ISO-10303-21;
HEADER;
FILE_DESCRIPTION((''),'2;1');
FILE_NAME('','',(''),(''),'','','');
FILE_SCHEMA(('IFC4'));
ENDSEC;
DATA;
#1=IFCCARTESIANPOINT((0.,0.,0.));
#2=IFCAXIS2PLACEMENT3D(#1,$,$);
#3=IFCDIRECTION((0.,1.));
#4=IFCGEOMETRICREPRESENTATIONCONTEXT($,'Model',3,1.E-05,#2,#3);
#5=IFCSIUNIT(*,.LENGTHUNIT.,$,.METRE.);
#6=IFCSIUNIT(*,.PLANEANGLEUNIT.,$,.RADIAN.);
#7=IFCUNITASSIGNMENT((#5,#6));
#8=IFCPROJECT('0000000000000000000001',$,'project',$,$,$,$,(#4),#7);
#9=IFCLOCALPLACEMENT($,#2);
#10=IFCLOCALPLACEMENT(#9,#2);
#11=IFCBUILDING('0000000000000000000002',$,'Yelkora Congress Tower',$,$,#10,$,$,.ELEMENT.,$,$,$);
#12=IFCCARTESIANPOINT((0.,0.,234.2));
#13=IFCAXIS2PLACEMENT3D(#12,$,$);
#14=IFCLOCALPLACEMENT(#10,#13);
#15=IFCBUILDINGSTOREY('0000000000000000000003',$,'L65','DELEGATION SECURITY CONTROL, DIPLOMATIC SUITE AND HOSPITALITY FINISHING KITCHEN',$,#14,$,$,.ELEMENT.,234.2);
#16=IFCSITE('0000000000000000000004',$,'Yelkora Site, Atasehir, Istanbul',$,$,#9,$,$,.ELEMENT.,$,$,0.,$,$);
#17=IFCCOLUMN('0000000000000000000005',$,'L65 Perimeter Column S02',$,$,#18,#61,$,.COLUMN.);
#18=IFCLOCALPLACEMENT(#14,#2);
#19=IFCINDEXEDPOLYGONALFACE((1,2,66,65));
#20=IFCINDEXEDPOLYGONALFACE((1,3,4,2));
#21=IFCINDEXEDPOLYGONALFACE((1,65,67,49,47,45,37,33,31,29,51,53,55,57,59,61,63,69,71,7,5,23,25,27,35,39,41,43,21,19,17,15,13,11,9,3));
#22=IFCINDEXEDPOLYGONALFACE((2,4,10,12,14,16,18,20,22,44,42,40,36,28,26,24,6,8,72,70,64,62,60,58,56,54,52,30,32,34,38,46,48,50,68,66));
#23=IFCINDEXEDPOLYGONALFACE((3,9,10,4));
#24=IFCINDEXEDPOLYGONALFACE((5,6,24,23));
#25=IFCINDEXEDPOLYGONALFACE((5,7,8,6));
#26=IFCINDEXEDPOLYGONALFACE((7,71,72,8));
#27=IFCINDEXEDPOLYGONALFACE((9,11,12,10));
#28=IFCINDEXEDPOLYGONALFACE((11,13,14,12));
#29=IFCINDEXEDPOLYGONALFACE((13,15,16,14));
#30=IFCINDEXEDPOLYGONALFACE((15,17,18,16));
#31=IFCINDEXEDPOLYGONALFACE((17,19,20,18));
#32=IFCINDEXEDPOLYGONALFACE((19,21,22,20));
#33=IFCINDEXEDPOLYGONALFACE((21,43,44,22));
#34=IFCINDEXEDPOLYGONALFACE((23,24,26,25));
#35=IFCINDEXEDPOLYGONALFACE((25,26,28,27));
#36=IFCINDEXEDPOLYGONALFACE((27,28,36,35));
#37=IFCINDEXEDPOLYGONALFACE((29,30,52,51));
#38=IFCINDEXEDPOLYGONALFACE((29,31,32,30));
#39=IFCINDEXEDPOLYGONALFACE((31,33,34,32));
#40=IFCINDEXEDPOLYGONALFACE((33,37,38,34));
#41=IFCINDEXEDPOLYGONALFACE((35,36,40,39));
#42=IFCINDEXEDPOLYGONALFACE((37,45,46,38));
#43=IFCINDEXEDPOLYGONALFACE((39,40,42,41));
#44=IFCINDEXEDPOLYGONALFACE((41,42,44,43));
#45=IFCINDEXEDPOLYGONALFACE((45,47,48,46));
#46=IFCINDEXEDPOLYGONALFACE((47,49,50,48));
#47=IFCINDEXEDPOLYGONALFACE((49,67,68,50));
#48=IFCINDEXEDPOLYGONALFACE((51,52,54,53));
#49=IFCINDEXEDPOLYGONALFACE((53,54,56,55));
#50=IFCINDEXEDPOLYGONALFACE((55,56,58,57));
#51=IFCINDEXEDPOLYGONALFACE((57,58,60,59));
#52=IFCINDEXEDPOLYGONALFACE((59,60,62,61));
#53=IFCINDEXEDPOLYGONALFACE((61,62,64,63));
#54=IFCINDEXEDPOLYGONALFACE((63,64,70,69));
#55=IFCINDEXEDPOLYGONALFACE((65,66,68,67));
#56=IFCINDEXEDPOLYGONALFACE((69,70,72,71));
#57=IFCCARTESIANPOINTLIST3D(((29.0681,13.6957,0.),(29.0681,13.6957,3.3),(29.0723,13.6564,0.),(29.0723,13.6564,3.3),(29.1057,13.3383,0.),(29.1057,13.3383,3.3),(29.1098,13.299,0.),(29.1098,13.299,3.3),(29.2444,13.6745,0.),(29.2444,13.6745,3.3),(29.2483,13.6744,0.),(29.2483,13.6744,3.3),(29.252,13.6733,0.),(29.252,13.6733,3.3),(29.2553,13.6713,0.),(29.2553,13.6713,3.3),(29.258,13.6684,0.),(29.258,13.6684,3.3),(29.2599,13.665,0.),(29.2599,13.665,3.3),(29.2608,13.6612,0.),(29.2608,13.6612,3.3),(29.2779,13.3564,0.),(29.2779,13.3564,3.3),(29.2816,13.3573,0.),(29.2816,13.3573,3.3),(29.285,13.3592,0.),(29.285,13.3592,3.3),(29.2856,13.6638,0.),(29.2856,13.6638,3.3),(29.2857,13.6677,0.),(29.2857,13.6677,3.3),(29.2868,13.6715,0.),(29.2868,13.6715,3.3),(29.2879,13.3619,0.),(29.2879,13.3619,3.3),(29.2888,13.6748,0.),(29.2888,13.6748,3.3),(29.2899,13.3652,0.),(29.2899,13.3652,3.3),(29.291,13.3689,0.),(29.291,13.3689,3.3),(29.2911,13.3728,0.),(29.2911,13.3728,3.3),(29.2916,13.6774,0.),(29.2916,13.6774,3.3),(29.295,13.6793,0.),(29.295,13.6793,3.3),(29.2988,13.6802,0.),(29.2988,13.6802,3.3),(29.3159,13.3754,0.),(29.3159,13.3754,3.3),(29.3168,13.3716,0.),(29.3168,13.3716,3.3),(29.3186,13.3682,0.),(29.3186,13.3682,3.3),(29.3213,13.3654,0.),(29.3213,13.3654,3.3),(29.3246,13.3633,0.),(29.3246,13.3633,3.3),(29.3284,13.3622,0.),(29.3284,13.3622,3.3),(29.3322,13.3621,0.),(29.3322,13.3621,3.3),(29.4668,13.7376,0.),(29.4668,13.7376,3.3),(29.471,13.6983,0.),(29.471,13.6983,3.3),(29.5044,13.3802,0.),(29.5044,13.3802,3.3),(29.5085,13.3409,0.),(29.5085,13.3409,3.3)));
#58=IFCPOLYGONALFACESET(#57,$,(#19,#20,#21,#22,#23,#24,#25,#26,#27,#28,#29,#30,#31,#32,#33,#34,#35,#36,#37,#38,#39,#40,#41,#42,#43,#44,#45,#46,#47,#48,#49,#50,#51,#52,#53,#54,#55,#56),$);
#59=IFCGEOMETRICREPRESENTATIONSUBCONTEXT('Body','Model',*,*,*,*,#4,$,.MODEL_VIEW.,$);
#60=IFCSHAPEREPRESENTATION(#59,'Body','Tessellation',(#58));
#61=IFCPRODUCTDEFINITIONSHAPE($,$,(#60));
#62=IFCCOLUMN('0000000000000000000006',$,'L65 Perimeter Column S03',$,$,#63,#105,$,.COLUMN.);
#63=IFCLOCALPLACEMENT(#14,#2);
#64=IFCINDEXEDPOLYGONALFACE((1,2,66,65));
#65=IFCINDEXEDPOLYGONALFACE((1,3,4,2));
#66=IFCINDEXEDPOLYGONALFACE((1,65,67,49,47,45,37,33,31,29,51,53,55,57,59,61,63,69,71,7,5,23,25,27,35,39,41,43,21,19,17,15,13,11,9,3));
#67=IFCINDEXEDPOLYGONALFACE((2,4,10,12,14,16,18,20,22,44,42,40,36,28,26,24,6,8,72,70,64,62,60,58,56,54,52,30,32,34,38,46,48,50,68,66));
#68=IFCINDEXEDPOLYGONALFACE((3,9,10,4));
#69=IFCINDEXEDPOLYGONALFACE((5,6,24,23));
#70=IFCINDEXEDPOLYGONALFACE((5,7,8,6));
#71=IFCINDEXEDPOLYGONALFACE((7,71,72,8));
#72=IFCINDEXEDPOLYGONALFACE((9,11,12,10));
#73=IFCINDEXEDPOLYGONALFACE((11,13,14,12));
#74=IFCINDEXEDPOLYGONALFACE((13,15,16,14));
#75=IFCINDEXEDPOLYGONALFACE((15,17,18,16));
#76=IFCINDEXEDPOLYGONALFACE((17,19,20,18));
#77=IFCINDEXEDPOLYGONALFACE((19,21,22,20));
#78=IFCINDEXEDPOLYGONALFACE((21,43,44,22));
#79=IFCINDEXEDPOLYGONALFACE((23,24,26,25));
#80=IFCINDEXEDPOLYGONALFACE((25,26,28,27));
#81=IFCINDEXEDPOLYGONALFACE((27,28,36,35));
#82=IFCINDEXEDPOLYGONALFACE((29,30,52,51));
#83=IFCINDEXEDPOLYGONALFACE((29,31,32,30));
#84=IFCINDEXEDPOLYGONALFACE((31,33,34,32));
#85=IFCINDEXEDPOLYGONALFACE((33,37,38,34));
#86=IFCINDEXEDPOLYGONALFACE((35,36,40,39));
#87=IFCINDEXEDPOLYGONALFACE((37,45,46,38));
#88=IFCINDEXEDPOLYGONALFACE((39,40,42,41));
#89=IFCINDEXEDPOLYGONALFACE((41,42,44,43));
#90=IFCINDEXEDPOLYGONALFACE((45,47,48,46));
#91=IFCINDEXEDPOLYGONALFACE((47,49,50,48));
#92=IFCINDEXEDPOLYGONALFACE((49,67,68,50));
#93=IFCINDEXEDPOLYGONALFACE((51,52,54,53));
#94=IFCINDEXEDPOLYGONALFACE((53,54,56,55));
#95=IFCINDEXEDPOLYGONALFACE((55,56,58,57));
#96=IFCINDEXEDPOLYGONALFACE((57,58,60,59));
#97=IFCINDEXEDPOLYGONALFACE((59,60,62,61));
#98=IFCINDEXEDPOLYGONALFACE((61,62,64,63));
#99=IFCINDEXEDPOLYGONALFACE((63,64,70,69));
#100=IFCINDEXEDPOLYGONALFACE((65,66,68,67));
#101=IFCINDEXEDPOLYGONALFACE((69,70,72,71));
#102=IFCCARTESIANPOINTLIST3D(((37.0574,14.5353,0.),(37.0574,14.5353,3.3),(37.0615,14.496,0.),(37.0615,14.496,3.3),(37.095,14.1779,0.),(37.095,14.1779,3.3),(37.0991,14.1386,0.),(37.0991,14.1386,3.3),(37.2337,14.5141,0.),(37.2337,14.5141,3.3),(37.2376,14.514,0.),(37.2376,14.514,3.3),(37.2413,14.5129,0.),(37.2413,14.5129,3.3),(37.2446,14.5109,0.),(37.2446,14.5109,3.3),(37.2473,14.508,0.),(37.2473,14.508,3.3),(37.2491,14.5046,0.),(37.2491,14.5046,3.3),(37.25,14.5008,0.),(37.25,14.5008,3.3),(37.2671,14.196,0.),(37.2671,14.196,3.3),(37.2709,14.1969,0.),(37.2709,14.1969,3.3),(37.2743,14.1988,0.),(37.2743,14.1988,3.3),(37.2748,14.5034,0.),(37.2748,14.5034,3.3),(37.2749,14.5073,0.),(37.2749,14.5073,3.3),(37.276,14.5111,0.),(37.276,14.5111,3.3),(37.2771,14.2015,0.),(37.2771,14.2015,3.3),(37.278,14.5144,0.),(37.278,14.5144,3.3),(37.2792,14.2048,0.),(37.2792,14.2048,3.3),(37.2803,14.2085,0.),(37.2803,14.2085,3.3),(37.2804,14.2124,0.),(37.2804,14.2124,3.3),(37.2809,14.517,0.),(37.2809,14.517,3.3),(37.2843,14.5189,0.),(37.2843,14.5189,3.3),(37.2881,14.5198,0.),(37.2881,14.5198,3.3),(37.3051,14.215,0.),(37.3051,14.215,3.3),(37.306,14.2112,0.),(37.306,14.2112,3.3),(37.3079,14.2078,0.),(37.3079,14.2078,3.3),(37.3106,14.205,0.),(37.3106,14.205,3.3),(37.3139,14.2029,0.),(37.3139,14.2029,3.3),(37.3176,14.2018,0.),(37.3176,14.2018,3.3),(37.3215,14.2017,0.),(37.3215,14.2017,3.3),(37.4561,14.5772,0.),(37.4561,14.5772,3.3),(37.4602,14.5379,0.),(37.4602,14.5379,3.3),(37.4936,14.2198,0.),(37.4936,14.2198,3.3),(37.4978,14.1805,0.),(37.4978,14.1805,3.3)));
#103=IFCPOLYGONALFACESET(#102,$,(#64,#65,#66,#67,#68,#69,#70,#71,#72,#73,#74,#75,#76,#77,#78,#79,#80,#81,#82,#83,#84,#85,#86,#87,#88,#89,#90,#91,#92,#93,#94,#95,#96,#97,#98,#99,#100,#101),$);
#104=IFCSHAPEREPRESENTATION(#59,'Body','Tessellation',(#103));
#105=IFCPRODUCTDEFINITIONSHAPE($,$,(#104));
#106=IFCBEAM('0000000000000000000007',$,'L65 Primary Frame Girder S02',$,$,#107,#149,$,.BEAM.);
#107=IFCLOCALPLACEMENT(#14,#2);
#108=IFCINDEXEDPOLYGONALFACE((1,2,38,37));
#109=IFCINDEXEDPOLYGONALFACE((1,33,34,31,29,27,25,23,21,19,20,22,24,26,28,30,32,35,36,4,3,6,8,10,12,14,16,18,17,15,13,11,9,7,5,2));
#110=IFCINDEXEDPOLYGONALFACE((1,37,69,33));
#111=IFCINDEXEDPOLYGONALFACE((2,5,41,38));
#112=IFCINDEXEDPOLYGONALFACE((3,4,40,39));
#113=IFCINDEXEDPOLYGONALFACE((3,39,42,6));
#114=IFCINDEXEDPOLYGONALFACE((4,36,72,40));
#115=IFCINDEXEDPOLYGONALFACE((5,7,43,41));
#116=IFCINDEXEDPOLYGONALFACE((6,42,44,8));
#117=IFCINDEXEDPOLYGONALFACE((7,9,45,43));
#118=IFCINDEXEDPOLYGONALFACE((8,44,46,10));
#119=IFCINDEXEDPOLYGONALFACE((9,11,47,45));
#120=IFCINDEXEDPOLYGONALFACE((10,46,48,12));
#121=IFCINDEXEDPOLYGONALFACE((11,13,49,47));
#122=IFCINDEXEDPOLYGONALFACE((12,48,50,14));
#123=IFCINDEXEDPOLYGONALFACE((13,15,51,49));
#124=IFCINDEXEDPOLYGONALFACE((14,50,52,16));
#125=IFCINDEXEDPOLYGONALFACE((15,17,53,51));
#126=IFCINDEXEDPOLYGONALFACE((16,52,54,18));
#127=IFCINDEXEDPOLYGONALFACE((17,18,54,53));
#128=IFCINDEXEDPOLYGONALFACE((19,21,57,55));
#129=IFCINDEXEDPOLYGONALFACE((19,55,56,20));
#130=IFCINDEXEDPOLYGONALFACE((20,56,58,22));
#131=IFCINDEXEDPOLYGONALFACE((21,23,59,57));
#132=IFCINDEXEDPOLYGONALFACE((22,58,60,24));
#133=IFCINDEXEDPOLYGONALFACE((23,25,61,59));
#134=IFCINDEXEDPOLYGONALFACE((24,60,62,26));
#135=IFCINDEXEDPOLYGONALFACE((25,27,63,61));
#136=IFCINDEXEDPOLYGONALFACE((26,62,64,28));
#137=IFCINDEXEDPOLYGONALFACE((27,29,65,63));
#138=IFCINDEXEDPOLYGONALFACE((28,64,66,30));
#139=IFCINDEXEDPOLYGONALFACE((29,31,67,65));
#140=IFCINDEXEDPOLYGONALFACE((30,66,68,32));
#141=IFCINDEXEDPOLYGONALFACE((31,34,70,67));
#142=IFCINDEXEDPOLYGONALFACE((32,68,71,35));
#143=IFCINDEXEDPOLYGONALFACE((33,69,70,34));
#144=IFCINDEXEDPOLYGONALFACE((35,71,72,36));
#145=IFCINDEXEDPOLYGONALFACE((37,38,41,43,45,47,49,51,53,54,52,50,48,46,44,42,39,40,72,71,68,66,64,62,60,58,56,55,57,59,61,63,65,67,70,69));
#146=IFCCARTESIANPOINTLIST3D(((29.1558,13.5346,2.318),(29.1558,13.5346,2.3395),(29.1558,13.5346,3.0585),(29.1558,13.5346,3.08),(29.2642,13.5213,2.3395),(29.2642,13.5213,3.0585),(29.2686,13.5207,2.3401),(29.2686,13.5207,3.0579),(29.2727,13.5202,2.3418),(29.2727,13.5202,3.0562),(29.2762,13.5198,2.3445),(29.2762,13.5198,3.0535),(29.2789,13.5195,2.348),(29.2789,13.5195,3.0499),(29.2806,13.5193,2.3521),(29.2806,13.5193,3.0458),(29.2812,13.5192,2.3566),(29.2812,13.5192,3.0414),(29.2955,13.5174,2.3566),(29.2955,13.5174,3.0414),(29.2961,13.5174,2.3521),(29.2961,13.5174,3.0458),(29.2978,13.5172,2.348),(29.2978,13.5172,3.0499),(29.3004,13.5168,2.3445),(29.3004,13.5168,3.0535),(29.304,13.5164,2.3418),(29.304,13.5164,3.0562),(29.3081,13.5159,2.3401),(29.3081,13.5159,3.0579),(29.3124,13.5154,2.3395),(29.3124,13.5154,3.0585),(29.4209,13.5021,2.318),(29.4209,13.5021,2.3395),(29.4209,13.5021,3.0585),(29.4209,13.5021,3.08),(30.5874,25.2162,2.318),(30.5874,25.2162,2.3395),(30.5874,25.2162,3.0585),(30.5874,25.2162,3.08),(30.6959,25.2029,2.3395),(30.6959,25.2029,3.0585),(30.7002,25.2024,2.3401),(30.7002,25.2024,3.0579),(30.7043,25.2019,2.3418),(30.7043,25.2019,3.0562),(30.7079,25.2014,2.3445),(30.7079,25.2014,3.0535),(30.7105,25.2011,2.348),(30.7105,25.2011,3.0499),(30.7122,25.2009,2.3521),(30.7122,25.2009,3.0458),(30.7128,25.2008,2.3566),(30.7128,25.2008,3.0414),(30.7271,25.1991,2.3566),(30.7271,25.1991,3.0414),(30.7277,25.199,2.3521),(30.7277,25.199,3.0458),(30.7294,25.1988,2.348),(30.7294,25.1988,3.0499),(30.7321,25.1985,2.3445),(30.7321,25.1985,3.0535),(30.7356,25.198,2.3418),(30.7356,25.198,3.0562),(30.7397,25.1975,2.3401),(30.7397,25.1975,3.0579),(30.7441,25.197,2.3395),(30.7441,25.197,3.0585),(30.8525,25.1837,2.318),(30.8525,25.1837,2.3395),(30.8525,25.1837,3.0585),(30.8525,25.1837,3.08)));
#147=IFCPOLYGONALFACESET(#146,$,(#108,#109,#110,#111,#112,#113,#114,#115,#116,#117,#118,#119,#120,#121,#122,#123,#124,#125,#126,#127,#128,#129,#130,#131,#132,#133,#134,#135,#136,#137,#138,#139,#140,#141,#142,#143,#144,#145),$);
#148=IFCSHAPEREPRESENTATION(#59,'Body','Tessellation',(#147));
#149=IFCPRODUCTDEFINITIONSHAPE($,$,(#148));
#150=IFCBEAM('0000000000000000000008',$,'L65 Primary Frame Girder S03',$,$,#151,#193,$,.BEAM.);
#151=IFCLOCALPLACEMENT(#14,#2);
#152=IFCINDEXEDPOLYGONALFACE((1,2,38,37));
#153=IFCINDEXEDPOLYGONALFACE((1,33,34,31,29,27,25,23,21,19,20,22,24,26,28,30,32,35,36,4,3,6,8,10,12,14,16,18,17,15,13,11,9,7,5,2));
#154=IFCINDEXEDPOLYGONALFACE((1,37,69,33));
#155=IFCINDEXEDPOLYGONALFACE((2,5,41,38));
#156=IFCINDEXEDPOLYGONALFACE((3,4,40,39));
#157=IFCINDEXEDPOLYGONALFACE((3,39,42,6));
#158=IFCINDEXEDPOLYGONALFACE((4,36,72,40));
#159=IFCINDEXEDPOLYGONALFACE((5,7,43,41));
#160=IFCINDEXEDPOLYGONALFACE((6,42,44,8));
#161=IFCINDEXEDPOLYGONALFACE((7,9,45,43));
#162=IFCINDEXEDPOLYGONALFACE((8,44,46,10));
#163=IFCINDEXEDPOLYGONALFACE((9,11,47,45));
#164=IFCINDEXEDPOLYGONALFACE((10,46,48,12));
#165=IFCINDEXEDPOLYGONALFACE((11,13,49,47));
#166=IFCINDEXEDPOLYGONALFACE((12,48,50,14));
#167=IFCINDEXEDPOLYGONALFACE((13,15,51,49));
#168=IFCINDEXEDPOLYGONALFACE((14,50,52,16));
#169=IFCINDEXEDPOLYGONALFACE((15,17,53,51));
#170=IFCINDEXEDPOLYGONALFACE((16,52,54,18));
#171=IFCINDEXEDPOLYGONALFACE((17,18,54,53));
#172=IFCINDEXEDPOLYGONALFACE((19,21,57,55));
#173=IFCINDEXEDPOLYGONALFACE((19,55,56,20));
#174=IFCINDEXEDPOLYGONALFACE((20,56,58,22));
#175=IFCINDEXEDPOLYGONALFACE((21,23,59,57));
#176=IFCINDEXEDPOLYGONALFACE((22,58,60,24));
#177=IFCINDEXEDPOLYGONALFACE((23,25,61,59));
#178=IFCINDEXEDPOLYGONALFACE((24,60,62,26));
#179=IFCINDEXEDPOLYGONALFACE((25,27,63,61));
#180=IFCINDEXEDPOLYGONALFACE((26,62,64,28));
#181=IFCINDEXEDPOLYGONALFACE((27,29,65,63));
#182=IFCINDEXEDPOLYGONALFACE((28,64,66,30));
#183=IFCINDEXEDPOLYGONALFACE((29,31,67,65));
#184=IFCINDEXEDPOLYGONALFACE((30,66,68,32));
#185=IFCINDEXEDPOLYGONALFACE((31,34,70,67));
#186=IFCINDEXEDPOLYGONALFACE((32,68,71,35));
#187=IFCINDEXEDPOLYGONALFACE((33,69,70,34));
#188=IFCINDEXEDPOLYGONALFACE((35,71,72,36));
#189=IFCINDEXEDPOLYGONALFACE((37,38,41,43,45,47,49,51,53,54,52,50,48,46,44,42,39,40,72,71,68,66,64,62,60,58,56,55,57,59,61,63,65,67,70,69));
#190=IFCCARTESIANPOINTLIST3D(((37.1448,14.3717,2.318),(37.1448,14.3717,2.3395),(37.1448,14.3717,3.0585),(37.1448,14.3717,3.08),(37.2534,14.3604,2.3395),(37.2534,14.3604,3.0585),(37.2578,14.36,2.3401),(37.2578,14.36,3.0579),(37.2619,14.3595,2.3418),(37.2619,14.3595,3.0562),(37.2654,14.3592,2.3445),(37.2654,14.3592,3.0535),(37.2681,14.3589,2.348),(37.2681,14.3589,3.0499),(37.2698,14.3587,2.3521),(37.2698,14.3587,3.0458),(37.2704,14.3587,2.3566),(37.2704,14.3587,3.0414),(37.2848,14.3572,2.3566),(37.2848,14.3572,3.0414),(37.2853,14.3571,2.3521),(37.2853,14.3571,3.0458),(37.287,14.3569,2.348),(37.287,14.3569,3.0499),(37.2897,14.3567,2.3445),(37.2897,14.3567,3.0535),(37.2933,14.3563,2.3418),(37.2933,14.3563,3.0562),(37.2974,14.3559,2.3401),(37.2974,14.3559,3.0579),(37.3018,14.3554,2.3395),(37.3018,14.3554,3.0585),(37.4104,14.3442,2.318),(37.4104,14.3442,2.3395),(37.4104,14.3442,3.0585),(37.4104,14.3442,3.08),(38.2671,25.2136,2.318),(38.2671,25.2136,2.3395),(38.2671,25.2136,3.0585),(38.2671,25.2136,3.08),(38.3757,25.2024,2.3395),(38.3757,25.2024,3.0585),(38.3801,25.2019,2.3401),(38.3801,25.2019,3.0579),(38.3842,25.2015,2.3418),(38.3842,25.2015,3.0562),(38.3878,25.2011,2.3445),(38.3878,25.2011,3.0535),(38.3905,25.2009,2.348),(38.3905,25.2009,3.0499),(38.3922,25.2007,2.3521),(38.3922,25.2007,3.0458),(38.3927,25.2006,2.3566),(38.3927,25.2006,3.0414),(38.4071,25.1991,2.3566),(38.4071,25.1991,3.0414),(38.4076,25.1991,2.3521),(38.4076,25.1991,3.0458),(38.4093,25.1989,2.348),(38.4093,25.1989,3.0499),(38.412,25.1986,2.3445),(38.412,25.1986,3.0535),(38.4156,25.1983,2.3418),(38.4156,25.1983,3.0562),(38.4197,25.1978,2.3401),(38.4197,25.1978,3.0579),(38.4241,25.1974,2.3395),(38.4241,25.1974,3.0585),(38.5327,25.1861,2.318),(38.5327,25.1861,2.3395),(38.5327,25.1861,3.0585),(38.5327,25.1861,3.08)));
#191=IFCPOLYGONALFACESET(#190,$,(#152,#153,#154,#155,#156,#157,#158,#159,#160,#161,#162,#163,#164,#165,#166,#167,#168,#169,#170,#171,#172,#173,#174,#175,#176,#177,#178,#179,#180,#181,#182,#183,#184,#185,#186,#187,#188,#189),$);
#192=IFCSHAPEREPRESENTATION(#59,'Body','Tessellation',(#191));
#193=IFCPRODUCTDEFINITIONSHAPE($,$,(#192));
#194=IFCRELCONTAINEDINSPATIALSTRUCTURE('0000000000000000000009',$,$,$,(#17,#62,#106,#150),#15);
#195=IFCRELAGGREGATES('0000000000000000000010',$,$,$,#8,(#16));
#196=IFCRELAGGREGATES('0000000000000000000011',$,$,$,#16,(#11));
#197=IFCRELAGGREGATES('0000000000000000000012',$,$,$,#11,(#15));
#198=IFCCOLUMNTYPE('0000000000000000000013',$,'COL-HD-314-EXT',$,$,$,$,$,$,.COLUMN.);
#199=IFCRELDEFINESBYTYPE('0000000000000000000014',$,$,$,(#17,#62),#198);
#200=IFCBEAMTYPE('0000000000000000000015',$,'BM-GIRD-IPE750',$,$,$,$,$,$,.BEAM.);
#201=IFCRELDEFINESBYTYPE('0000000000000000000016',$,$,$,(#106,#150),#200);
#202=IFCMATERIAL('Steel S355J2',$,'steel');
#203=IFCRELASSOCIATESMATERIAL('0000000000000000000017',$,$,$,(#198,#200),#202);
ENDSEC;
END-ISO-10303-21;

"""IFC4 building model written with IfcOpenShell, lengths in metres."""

from ifc_helpers import new_model, si_unit, direction, frame, origin, origin_2d, place, context, subcontext, project, spatial, i_section, extrude, material, material_profile, profile_set, type_object, element, save


model = new_model("IFC4")

# Units and contexts
model_context = context("Model", 3, precision=1e-05, world=origin(), true_north=direction((0.0, 1.0)))
body_context = subcontext(model_context, "Body", "Model", "MODEL_VIEW")
ifc_project = project(units=[si_unit("LENGTHUNIT", "METRE"), si_unit("PLANEANGLEUNIT", "RADIAN")], contexts=[model_context])

# Site, building, storey
site_placement = place(None, origin())
site = spatial("IfcSite", under=ifc_project, at=site_placement, Name="Yelkora Site, Atasehir, Istanbul", CompositionType="ELEMENT", RefElevation=0.0)
building_placement = place(site_placement, origin())
building = spatial("IfcBuilding", under=site, at=building_placement, Name="Yelkora Congress Tower", CompositionType="ELEMENT")
storey_placement = place(building_placement, frame((0.0, 0.0, 234.2)))
storey = spatial("IfcBuildingStorey", under=building, at=storey_placement, Name="L65", Description="DELEGATION SECURITY CONTROL, DIPLOMATIC SUITE AND HOSPITALITY FINISHING KITCHEN", CompositionType="ELEMENT", Elevation=234.2)

# Columns
ifc_material_1 = material(Name="Steel S355J2", Category="steel")
ifc_material_profile_1 = material_profile(ifc_material_1, i_section(OverallWidth=0.4009, OverallDepth=0.3989, WebThickness=0.0249, FlangeThickness=0.0396, FilletRadius=0.0149, at=origin_2d()), Name="HD 400x314")
ifc_profile_set_1 = profile_set([ifc_material_profile_1], Name="Steel S355J2")
column_type = type_object("IfcColumnType", Name="COL-HD-314-EXT", PredefinedType="COLUMN", material=ifc_profile_set_1)
for number, where, z_axis, x_axis, name in (
    (1, (29.2883, 13.5183, 0.0), (0.0, 0.0, 1.0), (0.994522, 0.104528, 0.0), "L65 Perimeter Column S02"),
    (2, (37.2776, 14.3579, 0.0), (0.0, 0.0, 1.0), (0.994522, 0.104528, 0.0), "L65 Perimeter Column S03"),
):
    element("IfcColumn", number, at=place(storey_placement, frame(where, z_axis=z_axis, x_axis=x_axis)), inside=storey, type_object=column_type, Name=name, PredefinedType="COLUMN", context=body_context, shape_type="SweptSolid", body=[
        extrude(i_section(OverallWidth=0.4009, OverallDepth=0.3989, WebThickness=0.0249, FlangeThickness=0.0396, FilletRadius=0.0149, at=origin_2d()), origin(), (0.0, 0.0, 1.0), 3.3),
    ])

# Beams
ifc_material_profile_2 = material_profile(ifc_material_1, i_section(OverallWidth=0.2671, OverallDepth=0.762, WebThickness=0.0144, FlangeThickness=0.0215, FilletRadius=0.0171, at=origin_2d()), Name="IPE 750x173")
ifc_profile_set_2 = profile_set([ifc_material_profile_2], Name="Steel S355J2")
beam_type_1 = type_object("IfcBeamType", Name="BM-GIRD-IPE750", PredefinedType="BEAM", material=ifc_profile_set_2)
beam_1_placement = place(storey_placement, frame((29.2883, 13.5183, 2.699), z_axis=(0.121645, 0.992574, 0.0), x_axis=(-0.992574, 0.121645, 0.0)))
element("IfcBeam", 3, at=beam_1_placement, inside=storey, type_object=beam_type_1, Name="L65 Primary Frame Girder S02", PredefinedType="BEAM", context=body_context, shape_type="SweptSolid", body=[
    extrude(i_section(OverallWidth=0.2671, OverallDepth=0.762, WebThickness=0.0144, FlangeThickness=0.0215, FilletRadius=0.0171, at=origin_2d()), origin(), (0.0, 0.0, 1.0), 11.769),
])
beam_2_placement = place(storey_placement, frame((37.2776, 14.3579, 2.699), z_axis=(0.102965, 0.994685, 0.0), x_axis=(-0.994685, 0.102965, 0.0)))
element("IfcBeam", 4, at=beam_2_placement, inside=storey, type_object=beam_type_1, Name="L65 Primary Frame Girder S03", PredefinedType="BEAM", context=body_context, shape_type="SweptSolid", body=[
    extrude(i_section(OverallWidth=0.2671, OverallDepth=0.762, WebThickness=0.0144, FlangeThickness=0.0215, FilletRadius=0.0171, at=origin_2d()), origin(), (0.0, 0.0, 1.0), 10.8999),
])

save(model, "model.ifc")
